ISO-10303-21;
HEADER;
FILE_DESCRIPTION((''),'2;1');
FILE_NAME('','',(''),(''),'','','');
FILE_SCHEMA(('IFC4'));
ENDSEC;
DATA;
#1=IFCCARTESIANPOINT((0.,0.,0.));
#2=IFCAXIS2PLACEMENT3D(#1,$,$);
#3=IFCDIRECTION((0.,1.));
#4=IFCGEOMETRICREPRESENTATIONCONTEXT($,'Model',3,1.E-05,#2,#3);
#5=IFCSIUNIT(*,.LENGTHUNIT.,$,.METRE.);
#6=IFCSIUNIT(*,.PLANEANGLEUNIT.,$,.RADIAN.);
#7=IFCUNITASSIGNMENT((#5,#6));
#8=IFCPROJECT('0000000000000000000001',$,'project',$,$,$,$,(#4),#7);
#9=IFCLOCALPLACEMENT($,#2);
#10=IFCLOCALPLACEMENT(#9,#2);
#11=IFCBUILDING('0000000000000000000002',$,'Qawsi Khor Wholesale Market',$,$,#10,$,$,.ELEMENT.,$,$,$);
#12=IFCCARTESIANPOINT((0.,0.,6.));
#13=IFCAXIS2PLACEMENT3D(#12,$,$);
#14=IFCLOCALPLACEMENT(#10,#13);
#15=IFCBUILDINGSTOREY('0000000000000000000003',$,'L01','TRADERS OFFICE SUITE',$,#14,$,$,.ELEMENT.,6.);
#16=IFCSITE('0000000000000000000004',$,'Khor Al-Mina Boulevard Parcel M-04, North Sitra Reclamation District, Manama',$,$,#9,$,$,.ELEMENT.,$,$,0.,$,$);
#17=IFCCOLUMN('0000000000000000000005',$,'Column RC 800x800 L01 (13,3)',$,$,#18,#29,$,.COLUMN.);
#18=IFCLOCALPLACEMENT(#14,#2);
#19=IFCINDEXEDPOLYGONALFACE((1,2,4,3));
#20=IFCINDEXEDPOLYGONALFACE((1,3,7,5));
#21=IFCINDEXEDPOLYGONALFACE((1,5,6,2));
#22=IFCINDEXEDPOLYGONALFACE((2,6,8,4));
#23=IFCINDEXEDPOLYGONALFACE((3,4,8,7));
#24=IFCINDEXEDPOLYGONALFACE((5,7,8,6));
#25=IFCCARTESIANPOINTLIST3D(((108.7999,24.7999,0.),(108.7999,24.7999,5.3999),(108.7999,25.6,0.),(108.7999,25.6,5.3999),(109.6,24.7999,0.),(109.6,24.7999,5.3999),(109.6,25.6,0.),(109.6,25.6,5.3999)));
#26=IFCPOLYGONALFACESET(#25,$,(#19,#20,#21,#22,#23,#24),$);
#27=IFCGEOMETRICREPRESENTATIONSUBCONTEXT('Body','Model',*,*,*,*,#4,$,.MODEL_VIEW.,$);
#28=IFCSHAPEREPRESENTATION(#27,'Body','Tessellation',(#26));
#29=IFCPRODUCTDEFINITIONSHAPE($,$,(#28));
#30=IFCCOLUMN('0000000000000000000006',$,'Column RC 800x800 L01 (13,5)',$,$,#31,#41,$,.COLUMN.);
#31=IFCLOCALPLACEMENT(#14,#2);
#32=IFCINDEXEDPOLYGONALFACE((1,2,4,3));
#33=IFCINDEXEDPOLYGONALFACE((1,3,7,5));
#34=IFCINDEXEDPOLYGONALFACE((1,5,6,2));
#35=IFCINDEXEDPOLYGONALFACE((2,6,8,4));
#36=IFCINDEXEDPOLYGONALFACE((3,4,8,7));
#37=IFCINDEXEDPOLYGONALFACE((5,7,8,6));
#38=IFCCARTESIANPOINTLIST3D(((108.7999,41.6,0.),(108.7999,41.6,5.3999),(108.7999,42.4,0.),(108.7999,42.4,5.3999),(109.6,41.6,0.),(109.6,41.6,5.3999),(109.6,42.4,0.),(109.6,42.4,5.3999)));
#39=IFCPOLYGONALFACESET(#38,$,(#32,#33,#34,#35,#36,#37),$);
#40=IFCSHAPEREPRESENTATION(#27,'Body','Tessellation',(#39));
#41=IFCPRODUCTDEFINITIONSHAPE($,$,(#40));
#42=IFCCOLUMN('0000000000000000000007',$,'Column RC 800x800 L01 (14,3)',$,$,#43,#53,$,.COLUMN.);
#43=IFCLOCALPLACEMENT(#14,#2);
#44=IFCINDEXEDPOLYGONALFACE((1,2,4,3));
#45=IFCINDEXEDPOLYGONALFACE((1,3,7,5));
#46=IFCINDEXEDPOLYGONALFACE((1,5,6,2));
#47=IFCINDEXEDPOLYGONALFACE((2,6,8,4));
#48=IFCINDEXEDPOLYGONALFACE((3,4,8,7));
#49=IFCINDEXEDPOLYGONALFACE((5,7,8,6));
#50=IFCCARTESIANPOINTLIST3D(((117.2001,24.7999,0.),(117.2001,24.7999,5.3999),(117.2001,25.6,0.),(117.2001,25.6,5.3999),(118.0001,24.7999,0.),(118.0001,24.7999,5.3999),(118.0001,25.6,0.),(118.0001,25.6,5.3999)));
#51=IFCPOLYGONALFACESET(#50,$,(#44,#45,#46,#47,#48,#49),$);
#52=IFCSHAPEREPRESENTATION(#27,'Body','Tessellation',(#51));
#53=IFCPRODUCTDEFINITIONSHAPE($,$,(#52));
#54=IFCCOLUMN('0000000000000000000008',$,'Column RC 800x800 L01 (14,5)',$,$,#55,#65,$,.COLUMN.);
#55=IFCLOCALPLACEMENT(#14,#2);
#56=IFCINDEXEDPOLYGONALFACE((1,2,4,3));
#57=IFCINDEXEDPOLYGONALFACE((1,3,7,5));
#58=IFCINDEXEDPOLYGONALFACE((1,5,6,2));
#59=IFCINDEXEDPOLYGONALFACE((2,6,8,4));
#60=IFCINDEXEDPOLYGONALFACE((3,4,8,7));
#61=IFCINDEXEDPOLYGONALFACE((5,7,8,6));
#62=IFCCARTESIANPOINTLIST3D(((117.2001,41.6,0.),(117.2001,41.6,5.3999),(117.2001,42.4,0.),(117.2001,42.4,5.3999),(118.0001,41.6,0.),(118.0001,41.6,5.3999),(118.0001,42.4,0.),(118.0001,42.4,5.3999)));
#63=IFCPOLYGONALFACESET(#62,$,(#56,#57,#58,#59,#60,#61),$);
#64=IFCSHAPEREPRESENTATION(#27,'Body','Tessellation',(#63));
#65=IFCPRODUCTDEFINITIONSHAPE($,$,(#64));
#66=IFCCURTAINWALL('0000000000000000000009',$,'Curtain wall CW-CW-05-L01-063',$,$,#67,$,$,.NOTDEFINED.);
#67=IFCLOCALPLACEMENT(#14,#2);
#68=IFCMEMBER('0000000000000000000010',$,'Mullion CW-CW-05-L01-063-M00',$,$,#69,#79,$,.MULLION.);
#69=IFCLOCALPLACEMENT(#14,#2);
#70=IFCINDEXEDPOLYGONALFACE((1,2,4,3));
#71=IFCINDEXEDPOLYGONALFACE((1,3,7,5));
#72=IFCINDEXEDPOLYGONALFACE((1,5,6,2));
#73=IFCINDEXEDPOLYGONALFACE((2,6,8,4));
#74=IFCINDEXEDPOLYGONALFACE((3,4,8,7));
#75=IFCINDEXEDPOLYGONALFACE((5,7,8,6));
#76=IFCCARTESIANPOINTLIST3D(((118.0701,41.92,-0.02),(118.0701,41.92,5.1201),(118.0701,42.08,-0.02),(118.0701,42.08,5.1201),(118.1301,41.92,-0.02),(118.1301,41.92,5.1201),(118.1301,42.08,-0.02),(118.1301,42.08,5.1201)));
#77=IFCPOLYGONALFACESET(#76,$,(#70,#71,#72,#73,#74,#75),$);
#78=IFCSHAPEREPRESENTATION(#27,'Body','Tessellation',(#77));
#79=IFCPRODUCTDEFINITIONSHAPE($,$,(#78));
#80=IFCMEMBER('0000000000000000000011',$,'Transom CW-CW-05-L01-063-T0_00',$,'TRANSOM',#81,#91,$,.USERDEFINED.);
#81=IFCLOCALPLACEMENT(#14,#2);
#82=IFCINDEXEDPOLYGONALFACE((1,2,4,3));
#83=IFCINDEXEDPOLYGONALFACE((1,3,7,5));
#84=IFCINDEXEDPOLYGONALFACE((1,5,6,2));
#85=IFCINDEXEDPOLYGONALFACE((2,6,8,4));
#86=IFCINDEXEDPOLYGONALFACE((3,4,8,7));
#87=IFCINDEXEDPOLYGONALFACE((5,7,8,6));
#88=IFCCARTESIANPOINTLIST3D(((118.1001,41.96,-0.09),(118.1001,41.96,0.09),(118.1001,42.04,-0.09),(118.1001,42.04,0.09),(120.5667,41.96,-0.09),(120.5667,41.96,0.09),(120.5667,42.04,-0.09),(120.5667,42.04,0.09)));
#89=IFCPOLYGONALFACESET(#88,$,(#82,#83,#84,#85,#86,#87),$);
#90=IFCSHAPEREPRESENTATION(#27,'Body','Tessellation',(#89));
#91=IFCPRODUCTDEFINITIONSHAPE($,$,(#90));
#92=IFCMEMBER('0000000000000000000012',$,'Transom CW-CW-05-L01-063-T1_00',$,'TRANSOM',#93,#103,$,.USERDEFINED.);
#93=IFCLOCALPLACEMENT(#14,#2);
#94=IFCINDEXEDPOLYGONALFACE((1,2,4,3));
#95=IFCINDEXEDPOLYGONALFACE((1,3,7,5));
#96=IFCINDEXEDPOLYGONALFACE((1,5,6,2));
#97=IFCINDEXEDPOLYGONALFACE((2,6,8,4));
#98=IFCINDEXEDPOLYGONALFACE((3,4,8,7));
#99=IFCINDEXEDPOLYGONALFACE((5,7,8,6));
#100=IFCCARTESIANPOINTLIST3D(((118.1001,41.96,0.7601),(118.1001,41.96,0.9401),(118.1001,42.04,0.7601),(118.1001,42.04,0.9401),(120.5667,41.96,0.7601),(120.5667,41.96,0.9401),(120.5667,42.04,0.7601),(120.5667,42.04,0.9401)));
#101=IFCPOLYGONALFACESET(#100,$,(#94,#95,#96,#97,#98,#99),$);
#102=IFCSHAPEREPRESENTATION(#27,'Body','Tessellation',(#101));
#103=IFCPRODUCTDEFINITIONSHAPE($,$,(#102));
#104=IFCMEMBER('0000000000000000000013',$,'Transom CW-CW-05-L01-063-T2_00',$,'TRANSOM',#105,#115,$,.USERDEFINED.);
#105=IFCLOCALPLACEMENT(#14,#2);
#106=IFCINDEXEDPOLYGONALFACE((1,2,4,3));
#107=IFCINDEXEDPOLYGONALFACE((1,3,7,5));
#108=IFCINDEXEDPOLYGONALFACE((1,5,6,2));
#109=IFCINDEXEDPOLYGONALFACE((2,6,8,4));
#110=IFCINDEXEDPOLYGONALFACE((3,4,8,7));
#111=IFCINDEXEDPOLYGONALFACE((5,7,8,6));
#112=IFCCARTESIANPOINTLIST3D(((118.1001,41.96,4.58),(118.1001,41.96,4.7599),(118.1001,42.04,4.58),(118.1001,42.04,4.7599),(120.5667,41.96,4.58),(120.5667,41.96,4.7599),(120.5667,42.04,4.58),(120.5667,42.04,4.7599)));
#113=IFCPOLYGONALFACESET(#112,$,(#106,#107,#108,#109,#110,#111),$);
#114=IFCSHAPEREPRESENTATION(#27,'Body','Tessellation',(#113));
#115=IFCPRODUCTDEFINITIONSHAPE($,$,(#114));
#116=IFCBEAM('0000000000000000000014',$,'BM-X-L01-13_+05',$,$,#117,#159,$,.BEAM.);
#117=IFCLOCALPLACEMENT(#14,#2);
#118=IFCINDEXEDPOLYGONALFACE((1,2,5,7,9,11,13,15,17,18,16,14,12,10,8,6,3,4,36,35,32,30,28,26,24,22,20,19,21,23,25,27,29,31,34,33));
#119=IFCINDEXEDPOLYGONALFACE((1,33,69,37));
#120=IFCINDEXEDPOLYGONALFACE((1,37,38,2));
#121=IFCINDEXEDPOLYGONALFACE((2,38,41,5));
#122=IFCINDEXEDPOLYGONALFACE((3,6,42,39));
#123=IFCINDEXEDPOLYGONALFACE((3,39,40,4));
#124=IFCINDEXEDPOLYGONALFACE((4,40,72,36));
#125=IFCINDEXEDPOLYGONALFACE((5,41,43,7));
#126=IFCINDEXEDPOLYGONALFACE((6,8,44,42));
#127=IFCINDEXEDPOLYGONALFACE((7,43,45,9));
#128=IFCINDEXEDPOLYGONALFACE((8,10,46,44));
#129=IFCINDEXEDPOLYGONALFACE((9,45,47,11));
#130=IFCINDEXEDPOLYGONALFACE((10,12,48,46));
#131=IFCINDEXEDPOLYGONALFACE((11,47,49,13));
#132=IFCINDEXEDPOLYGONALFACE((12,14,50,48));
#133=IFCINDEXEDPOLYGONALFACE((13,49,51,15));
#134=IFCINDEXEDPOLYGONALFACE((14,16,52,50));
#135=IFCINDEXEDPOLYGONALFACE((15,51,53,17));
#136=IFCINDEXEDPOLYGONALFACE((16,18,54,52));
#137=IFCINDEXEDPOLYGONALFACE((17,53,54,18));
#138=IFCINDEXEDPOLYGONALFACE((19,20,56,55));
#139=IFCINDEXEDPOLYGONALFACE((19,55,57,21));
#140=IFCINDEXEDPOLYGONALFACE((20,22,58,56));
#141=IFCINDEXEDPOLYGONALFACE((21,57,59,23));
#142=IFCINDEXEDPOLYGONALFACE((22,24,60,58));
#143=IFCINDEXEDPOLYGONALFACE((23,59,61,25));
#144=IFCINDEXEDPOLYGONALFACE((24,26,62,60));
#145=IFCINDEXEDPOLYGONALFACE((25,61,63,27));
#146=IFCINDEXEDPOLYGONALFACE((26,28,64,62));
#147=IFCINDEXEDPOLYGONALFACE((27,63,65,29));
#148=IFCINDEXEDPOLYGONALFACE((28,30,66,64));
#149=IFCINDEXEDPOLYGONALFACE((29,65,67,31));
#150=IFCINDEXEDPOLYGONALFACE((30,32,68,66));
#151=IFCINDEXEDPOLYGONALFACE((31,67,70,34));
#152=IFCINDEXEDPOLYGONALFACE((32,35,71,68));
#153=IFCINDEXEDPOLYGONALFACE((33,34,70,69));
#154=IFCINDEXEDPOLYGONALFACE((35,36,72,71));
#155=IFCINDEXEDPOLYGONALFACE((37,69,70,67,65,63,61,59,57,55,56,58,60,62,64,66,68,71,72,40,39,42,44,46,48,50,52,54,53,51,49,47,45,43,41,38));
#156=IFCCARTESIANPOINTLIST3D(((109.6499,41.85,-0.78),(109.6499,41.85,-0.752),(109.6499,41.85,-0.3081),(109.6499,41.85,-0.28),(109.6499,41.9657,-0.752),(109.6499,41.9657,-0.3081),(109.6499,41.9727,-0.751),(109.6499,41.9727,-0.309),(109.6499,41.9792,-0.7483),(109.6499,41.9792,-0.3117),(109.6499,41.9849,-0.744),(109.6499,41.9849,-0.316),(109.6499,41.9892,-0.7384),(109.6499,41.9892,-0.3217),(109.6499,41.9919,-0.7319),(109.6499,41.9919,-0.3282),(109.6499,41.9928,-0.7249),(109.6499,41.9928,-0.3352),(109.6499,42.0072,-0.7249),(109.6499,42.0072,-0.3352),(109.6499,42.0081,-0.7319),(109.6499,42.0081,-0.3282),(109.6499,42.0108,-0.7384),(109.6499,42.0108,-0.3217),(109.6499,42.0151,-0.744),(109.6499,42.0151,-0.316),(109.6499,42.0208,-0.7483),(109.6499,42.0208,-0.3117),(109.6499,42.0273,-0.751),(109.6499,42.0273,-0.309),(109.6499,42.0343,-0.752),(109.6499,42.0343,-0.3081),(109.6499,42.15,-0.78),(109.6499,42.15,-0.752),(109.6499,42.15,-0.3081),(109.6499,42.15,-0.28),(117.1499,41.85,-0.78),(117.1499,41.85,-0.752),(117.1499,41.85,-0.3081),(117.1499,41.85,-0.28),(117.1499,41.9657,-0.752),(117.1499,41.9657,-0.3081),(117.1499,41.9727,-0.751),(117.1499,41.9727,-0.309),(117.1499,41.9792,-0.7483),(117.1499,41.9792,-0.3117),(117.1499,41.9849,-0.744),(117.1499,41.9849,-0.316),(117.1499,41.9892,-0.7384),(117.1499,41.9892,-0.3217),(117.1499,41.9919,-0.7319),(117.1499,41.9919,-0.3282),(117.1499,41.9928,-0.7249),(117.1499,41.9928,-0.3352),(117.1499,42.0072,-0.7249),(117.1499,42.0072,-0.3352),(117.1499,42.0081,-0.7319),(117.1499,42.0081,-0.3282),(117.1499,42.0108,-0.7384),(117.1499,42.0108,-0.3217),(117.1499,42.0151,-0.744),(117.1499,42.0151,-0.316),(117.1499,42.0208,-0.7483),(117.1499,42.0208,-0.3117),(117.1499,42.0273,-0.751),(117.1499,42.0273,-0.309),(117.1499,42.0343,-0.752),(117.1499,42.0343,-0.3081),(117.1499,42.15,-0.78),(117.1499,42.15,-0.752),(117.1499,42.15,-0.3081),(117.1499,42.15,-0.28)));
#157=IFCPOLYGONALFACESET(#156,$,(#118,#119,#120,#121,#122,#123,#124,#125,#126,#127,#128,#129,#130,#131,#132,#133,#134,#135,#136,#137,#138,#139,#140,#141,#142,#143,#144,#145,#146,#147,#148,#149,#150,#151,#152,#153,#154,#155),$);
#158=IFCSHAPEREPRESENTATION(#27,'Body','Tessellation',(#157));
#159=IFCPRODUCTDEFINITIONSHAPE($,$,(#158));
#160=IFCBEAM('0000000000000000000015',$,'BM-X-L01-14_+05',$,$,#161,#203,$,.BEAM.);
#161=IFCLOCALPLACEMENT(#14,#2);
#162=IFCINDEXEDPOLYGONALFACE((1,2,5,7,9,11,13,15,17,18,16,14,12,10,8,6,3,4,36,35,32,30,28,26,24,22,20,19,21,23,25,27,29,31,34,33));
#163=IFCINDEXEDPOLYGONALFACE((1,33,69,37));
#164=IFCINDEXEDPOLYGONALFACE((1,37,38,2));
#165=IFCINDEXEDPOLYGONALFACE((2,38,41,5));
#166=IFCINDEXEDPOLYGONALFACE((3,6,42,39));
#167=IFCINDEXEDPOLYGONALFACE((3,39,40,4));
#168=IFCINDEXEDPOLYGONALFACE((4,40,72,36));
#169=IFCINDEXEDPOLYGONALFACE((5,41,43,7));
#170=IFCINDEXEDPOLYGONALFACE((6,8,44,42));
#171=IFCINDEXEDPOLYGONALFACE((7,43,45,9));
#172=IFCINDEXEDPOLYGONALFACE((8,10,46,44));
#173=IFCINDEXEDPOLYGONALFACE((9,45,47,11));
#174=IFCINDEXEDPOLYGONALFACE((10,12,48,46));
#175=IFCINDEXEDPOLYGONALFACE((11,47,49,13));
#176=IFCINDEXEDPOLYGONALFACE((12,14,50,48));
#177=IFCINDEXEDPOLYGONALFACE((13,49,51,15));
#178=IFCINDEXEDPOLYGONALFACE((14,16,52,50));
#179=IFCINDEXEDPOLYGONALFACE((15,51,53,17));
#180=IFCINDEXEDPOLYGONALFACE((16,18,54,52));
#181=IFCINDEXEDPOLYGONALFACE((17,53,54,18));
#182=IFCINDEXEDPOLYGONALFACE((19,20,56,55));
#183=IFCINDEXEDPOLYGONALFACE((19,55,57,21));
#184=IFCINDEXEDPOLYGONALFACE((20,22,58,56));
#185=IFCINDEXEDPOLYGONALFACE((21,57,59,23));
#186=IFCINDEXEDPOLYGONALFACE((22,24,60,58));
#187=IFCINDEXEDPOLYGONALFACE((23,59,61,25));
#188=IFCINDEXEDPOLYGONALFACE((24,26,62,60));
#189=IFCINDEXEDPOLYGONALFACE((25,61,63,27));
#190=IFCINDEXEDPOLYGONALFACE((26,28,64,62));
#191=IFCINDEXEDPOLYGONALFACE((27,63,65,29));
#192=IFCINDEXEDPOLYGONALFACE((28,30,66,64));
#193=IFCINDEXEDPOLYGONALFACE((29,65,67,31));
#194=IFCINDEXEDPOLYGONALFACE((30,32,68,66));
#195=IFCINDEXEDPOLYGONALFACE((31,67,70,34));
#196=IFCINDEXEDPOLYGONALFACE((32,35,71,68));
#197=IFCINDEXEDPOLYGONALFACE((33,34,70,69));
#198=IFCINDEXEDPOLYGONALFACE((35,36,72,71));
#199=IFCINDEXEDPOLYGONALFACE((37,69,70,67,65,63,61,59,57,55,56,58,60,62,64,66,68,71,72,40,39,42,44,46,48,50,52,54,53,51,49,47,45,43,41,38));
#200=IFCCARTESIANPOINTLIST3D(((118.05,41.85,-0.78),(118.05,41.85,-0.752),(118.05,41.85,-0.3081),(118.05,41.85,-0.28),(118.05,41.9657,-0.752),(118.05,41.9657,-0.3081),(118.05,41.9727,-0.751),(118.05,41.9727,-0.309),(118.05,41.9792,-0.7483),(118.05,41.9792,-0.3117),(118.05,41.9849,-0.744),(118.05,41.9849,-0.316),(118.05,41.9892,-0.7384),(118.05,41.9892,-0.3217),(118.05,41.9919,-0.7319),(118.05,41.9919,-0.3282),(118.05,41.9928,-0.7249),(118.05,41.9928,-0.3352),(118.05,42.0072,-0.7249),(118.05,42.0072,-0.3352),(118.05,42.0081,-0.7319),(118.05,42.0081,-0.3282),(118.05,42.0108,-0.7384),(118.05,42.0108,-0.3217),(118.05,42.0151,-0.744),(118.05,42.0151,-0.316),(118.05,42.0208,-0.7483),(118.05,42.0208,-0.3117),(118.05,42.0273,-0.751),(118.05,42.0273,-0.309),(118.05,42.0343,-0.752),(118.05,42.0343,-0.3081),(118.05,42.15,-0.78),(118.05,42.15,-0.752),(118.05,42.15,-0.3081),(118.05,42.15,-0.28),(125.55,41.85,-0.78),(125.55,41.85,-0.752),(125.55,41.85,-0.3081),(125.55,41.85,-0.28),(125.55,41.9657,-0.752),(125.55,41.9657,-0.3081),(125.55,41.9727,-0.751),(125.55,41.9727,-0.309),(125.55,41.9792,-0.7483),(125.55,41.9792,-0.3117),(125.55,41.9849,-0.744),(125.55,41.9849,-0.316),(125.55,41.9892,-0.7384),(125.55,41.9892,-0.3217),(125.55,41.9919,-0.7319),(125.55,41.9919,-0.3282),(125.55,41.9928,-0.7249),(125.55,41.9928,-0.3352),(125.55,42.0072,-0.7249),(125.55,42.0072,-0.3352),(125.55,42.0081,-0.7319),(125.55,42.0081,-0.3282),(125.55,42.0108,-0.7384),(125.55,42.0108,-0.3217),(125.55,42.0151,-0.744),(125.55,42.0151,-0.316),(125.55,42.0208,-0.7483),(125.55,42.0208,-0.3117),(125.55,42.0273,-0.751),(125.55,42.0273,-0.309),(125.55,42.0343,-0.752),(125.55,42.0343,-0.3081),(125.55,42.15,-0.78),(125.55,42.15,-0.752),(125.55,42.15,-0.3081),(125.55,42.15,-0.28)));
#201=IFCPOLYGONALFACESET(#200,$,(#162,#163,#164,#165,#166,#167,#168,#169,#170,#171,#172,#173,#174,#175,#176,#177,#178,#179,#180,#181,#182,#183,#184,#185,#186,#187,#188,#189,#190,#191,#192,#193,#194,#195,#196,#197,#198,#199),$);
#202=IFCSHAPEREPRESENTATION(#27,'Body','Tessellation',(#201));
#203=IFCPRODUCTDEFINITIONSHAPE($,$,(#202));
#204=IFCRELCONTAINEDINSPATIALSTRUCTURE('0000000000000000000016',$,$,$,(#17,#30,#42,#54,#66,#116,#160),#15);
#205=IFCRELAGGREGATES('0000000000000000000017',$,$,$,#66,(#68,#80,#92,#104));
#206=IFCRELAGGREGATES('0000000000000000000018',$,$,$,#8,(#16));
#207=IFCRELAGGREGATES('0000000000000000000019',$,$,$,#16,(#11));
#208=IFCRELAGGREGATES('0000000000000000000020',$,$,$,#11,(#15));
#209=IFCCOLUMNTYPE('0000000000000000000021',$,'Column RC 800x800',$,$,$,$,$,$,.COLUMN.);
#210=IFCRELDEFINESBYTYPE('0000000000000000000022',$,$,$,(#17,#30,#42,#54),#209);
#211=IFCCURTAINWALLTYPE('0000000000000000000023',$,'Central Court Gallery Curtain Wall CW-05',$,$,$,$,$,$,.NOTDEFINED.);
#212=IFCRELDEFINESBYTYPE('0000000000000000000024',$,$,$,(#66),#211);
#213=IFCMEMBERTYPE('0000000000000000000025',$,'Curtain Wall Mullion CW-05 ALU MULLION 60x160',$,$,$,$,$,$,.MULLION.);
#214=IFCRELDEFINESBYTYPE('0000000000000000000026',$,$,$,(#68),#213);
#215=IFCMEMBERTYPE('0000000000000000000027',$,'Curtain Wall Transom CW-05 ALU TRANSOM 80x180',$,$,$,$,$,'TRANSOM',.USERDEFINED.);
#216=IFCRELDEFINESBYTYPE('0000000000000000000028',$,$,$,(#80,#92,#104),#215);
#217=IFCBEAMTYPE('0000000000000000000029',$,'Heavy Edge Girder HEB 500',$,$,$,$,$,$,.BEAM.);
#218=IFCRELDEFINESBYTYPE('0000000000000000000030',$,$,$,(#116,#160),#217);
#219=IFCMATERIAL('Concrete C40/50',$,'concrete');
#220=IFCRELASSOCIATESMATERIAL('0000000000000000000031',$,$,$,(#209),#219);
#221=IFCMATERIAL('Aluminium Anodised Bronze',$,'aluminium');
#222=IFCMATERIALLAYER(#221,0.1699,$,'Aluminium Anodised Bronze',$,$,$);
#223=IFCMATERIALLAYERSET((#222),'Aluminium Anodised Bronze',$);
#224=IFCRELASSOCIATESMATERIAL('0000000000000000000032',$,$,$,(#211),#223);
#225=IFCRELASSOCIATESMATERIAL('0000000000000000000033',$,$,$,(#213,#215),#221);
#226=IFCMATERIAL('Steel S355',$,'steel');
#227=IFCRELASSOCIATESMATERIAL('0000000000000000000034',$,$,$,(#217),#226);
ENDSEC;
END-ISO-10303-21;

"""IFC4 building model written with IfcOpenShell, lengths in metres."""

from ifc_helpers import new_model, si_unit, direction, frame, origin, origin_2d, place, context, subcontext, project, spatial, rectangle, i_section, extrude, material, layer, layer_set, material_profile, profile_set, type_object, element, aggregate, save


model = new_model("IFC4")

# Units and contexts
model_context = context("Model", 3, precision=1e-05, world=origin(), true_north=direction((0.0, 1.0)))
body_context = subcontext(model_context, "Body", "Model", "MODEL_VIEW")
ifc_project = project(units=[si_unit("LENGTHUNIT", "METRE"), si_unit("PLANEANGLEUNIT", "RADIAN")], contexts=[model_context])

# Site, building, storey
site_placement = place(None, origin())
site = spatial("IfcSite", under=ifc_project, at=site_placement, Name="Khor Al-Mina Boulevard Parcel M-04, North Sitra Reclamation District, Manama", CompositionType="ELEMENT", RefElevation=0.0)
building_placement = place(site_placement, origin())
building = spatial("IfcBuilding", under=site, at=building_placement, Name="Qawsi Khor Wholesale Market", CompositionType="ELEMENT")
storey_placement = place(building_placement, frame((0.0, 0.0, 6.0)))
storey = spatial("IfcBuildingStorey", under=building, at=storey_placement, Name="L01", Description="TRADERS OFFICE SUITE", CompositionType="ELEMENT", Elevation=6.0)

# Columns
ifc_material_1 = material(Name="Concrete C40/50", Category="concrete")
ifc_material_profile_1 = material_profile(ifc_material_1, rectangle(XDim=0.8, YDim=0.8, at=origin_2d()), Name="RC 800x800")
ifc_profile_set_1 = profile_set([ifc_material_profile_1], Name="Concrete C40/50")
column_type = type_object("IfcColumnType", Name="Column RC 800x800", PredefinedType="COLUMN", material=ifc_profile_set_1)
for number, where, z_axis, x_axis, name in (
    (1, (109.2, 25.2, 0.0), (0.0, 0.0, 1.0), (1.0, 0.0, 0.0), "Column RC 800x800 L01 (13,3)"),
    (2, (109.2, 42.0, 0.0), (0.0, 0.0, 1.0), (1.0, 0.0, 0.0), "Column RC 800x800 L01 (13,5)"),
    (3, (117.6001, 25.2, 0.0), (0.0, 0.0, 1.0), (1.0, 0.0, 0.0), "Column RC 800x800 L01 (14,3)"),
    (4, (117.6001, 42.0, 0.0), (0.0, 0.0, 1.0), (1.0, 0.0, 0.0), "Column RC 800x800 L01 (14,5)"),
):
    element("IfcColumn", number, at=place(storey_placement, frame(where, z_axis=z_axis, x_axis=x_axis)), inside=storey, type_object=column_type, Name=name, PredefinedType="COLUMN", context=body_context, shape_type="SweptSolid", body=[
        extrude(rectangle(XDim=0.8, YDim=0.8, at=origin_2d()), origin(), (0.0, 0.0, 1.0), 5.3999),
    ])

# Curtain wall, members
ifc_material_2 = material(Name="Aluminium Anodised Bronze", Category="aluminium")
ifc_layer_1 = layer(ifc_material_2, 0.1699, Name="Aluminium Anodised Bronze")
ifc_layer_set_1 = layer_set([ifc_layer_1], Name="Aluminium Anodised Bronze")
curtain_wall_type = type_object("IfcCurtainWallType", Name="Central Court Gallery Curtain Wall CW-05", PredefinedType="NOTDEFINED", material=ifc_layer_set_1)
curtain_wall_placement = place(storey_placement, origin())
curtain_wall = element("IfcCurtainWall", 5, at=curtain_wall_placement, inside=storey, type_object=curtain_wall_type, Name="Curtain wall CW-CW-05-L01-063", PredefinedType="NOTDEFINED")
ifc_material_profile_2 = material_profile(ifc_material_2, rectangle(XDim=0.0601, YDim=0.1599, at=origin_2d()), Name="ALU MULLION 60x160")
ifc_profile_set_2 = profile_set([ifc_material_profile_2], Name="Aluminium Anodised Bronze")
member_type_1 = type_object("IfcMemberType", Name="Curtain Wall Mullion CW-05 ALU MULLION 60x160", PredefinedType="MULLION", material=ifc_profile_set_2)
member_1_placement = place(storey_placement, frame((118.1001, 42.0, -0.02), z_axis=(0.0, 0.0, 1.0), x_axis=(1.0, 0.0, 0.0)))
member_1 = element("IfcMember", 6, at=member_1_placement, type_object=member_type_1, Name="Mullion CW-CW-05-L01-063-M00", PredefinedType="MULLION", context=body_context, shape_type="SweptSolid", body=[
    extrude(rectangle(XDim=0.0601, YDim=0.1599, at=origin_2d()), origin(), (0.0, 0.0, 1.0), 5.1401),
])
ifc_material_profile_3 = material_profile(ifc_material_2, rectangle(XDim=0.0801, YDim=0.1799, at=origin_2d()), Name="ALU TRANSOM 80x180")
ifc_profile_set_3 = profile_set([ifc_material_profile_3], Name="Aluminium Anodised Bronze")
member_type_2 = type_object("IfcMemberType", Name="Curtain Wall Transom CW-05 ALU TRANSOM 80x180", ElementType="TRANSOM", PredefinedType="USERDEFINED", material=ifc_profile_set_3)
member_2_placement = place(storey_placement, frame((118.1001, 42.0, 0.0), z_axis=(1.0, 0.0, 0.0), x_axis=(0.0, 1.0, 0.0)))
member_2 = element("IfcMember", 7, at=member_2_placement, type_object=member_type_2, Name="Transom CW-CW-05-L01-063-T0_00", ObjectType="TRANSOM", PredefinedType="USERDEFINED", context=body_context, shape_type="SweptSolid", body=[
    extrude(rectangle(XDim=0.0801, YDim=0.1799, at=origin_2d()), origin(), (0.0, 0.0, 1.0), 2.4666),
])
member_3_placement = place(storey_placement, frame((118.1001, 42.0, 0.8501), z_axis=(1.0, 0.0, 0.0), x_axis=(0.0, 1.0, 0.0)))
member_3 = element("IfcMember", 8, at=member_3_placement, type_object=member_type_2, Name="Transom CW-CW-05-L01-063-T1_00", ObjectType="TRANSOM", PredefinedType="USERDEFINED", context=body_context, shape_type="SweptSolid", body=[
    extrude(rectangle(XDim=0.0801, YDim=0.1799, at=origin_2d()), origin(), (0.0, 0.0, 1.0), 2.4666),
])
member_4_placement = place(storey_placement, frame((118.1001, 42.0, 4.6699), z_axis=(1.0, 0.0, 0.0), x_axis=(0.0, 1.0, 0.0)))
member_4 = element("IfcMember", 9, at=member_4_placement, type_object=member_type_2, Name="Transom CW-CW-05-L01-063-T2_00", ObjectType="TRANSOM", PredefinedType="USERDEFINED", context=body_context, shape_type="SweptSolid", body=[
    extrude(rectangle(XDim=0.0801, YDim=0.1799, at=origin_2d()), origin(), (0.0, 0.0, 1.0), 2.4666),
])
aggregate(curtain_wall, [member_1, member_2, member_3, member_4])

# Beams
ifc_material_3 = material(Name="Steel S355", Category="steel")
ifc_material_profile_4 = material_profile(ifc_material_3, i_section(OverallWidth=0.3, OverallDepth=0.5, WebThickness=0.0144, FlangeThickness=0.0281, FilletRadius=0.0271, at=origin_2d()), Name="HEB 500")
ifc_profile_set_4 = profile_set([ifc_material_profile_4], Name="Steel S355")
beam_type_1 = type_object("IfcBeamType", Name="Heavy Edge Girder HEB 500", PredefinedType="BEAM", material=ifc_profile_set_4)
for number, where, z_axis, x_axis, name in (
    (10, (109.6499, 42.0, -0.53), (1.0, 0.0, 0.0), (0.0, 1.0, 0.0), "BM-X-L01-13_+05"),
    (11, (118.05, 42.0, -0.53), (1.0, 0.0, 0.0), (0.0, 1.0, 0.0), "BM-X-L01-14_+05"),
):
    element("IfcBeam", number, at=place(storey_placement, frame(where, z_axis=z_axis, x_axis=x_axis)), inside=storey, type_object=beam_type_1, Name=name, PredefinedType="BEAM", context=body_context, shape_type="SweptSolid", body=[
        extrude(i_section(OverallWidth=0.3, OverallDepth=0.5, WebThickness=0.0144, FlangeThickness=0.0281, FilletRadius=0.0271, at=origin_2d()), origin(), (0.0, 0.0, 1.0), 7.5),
    ])

save(model, "model.ifc")
